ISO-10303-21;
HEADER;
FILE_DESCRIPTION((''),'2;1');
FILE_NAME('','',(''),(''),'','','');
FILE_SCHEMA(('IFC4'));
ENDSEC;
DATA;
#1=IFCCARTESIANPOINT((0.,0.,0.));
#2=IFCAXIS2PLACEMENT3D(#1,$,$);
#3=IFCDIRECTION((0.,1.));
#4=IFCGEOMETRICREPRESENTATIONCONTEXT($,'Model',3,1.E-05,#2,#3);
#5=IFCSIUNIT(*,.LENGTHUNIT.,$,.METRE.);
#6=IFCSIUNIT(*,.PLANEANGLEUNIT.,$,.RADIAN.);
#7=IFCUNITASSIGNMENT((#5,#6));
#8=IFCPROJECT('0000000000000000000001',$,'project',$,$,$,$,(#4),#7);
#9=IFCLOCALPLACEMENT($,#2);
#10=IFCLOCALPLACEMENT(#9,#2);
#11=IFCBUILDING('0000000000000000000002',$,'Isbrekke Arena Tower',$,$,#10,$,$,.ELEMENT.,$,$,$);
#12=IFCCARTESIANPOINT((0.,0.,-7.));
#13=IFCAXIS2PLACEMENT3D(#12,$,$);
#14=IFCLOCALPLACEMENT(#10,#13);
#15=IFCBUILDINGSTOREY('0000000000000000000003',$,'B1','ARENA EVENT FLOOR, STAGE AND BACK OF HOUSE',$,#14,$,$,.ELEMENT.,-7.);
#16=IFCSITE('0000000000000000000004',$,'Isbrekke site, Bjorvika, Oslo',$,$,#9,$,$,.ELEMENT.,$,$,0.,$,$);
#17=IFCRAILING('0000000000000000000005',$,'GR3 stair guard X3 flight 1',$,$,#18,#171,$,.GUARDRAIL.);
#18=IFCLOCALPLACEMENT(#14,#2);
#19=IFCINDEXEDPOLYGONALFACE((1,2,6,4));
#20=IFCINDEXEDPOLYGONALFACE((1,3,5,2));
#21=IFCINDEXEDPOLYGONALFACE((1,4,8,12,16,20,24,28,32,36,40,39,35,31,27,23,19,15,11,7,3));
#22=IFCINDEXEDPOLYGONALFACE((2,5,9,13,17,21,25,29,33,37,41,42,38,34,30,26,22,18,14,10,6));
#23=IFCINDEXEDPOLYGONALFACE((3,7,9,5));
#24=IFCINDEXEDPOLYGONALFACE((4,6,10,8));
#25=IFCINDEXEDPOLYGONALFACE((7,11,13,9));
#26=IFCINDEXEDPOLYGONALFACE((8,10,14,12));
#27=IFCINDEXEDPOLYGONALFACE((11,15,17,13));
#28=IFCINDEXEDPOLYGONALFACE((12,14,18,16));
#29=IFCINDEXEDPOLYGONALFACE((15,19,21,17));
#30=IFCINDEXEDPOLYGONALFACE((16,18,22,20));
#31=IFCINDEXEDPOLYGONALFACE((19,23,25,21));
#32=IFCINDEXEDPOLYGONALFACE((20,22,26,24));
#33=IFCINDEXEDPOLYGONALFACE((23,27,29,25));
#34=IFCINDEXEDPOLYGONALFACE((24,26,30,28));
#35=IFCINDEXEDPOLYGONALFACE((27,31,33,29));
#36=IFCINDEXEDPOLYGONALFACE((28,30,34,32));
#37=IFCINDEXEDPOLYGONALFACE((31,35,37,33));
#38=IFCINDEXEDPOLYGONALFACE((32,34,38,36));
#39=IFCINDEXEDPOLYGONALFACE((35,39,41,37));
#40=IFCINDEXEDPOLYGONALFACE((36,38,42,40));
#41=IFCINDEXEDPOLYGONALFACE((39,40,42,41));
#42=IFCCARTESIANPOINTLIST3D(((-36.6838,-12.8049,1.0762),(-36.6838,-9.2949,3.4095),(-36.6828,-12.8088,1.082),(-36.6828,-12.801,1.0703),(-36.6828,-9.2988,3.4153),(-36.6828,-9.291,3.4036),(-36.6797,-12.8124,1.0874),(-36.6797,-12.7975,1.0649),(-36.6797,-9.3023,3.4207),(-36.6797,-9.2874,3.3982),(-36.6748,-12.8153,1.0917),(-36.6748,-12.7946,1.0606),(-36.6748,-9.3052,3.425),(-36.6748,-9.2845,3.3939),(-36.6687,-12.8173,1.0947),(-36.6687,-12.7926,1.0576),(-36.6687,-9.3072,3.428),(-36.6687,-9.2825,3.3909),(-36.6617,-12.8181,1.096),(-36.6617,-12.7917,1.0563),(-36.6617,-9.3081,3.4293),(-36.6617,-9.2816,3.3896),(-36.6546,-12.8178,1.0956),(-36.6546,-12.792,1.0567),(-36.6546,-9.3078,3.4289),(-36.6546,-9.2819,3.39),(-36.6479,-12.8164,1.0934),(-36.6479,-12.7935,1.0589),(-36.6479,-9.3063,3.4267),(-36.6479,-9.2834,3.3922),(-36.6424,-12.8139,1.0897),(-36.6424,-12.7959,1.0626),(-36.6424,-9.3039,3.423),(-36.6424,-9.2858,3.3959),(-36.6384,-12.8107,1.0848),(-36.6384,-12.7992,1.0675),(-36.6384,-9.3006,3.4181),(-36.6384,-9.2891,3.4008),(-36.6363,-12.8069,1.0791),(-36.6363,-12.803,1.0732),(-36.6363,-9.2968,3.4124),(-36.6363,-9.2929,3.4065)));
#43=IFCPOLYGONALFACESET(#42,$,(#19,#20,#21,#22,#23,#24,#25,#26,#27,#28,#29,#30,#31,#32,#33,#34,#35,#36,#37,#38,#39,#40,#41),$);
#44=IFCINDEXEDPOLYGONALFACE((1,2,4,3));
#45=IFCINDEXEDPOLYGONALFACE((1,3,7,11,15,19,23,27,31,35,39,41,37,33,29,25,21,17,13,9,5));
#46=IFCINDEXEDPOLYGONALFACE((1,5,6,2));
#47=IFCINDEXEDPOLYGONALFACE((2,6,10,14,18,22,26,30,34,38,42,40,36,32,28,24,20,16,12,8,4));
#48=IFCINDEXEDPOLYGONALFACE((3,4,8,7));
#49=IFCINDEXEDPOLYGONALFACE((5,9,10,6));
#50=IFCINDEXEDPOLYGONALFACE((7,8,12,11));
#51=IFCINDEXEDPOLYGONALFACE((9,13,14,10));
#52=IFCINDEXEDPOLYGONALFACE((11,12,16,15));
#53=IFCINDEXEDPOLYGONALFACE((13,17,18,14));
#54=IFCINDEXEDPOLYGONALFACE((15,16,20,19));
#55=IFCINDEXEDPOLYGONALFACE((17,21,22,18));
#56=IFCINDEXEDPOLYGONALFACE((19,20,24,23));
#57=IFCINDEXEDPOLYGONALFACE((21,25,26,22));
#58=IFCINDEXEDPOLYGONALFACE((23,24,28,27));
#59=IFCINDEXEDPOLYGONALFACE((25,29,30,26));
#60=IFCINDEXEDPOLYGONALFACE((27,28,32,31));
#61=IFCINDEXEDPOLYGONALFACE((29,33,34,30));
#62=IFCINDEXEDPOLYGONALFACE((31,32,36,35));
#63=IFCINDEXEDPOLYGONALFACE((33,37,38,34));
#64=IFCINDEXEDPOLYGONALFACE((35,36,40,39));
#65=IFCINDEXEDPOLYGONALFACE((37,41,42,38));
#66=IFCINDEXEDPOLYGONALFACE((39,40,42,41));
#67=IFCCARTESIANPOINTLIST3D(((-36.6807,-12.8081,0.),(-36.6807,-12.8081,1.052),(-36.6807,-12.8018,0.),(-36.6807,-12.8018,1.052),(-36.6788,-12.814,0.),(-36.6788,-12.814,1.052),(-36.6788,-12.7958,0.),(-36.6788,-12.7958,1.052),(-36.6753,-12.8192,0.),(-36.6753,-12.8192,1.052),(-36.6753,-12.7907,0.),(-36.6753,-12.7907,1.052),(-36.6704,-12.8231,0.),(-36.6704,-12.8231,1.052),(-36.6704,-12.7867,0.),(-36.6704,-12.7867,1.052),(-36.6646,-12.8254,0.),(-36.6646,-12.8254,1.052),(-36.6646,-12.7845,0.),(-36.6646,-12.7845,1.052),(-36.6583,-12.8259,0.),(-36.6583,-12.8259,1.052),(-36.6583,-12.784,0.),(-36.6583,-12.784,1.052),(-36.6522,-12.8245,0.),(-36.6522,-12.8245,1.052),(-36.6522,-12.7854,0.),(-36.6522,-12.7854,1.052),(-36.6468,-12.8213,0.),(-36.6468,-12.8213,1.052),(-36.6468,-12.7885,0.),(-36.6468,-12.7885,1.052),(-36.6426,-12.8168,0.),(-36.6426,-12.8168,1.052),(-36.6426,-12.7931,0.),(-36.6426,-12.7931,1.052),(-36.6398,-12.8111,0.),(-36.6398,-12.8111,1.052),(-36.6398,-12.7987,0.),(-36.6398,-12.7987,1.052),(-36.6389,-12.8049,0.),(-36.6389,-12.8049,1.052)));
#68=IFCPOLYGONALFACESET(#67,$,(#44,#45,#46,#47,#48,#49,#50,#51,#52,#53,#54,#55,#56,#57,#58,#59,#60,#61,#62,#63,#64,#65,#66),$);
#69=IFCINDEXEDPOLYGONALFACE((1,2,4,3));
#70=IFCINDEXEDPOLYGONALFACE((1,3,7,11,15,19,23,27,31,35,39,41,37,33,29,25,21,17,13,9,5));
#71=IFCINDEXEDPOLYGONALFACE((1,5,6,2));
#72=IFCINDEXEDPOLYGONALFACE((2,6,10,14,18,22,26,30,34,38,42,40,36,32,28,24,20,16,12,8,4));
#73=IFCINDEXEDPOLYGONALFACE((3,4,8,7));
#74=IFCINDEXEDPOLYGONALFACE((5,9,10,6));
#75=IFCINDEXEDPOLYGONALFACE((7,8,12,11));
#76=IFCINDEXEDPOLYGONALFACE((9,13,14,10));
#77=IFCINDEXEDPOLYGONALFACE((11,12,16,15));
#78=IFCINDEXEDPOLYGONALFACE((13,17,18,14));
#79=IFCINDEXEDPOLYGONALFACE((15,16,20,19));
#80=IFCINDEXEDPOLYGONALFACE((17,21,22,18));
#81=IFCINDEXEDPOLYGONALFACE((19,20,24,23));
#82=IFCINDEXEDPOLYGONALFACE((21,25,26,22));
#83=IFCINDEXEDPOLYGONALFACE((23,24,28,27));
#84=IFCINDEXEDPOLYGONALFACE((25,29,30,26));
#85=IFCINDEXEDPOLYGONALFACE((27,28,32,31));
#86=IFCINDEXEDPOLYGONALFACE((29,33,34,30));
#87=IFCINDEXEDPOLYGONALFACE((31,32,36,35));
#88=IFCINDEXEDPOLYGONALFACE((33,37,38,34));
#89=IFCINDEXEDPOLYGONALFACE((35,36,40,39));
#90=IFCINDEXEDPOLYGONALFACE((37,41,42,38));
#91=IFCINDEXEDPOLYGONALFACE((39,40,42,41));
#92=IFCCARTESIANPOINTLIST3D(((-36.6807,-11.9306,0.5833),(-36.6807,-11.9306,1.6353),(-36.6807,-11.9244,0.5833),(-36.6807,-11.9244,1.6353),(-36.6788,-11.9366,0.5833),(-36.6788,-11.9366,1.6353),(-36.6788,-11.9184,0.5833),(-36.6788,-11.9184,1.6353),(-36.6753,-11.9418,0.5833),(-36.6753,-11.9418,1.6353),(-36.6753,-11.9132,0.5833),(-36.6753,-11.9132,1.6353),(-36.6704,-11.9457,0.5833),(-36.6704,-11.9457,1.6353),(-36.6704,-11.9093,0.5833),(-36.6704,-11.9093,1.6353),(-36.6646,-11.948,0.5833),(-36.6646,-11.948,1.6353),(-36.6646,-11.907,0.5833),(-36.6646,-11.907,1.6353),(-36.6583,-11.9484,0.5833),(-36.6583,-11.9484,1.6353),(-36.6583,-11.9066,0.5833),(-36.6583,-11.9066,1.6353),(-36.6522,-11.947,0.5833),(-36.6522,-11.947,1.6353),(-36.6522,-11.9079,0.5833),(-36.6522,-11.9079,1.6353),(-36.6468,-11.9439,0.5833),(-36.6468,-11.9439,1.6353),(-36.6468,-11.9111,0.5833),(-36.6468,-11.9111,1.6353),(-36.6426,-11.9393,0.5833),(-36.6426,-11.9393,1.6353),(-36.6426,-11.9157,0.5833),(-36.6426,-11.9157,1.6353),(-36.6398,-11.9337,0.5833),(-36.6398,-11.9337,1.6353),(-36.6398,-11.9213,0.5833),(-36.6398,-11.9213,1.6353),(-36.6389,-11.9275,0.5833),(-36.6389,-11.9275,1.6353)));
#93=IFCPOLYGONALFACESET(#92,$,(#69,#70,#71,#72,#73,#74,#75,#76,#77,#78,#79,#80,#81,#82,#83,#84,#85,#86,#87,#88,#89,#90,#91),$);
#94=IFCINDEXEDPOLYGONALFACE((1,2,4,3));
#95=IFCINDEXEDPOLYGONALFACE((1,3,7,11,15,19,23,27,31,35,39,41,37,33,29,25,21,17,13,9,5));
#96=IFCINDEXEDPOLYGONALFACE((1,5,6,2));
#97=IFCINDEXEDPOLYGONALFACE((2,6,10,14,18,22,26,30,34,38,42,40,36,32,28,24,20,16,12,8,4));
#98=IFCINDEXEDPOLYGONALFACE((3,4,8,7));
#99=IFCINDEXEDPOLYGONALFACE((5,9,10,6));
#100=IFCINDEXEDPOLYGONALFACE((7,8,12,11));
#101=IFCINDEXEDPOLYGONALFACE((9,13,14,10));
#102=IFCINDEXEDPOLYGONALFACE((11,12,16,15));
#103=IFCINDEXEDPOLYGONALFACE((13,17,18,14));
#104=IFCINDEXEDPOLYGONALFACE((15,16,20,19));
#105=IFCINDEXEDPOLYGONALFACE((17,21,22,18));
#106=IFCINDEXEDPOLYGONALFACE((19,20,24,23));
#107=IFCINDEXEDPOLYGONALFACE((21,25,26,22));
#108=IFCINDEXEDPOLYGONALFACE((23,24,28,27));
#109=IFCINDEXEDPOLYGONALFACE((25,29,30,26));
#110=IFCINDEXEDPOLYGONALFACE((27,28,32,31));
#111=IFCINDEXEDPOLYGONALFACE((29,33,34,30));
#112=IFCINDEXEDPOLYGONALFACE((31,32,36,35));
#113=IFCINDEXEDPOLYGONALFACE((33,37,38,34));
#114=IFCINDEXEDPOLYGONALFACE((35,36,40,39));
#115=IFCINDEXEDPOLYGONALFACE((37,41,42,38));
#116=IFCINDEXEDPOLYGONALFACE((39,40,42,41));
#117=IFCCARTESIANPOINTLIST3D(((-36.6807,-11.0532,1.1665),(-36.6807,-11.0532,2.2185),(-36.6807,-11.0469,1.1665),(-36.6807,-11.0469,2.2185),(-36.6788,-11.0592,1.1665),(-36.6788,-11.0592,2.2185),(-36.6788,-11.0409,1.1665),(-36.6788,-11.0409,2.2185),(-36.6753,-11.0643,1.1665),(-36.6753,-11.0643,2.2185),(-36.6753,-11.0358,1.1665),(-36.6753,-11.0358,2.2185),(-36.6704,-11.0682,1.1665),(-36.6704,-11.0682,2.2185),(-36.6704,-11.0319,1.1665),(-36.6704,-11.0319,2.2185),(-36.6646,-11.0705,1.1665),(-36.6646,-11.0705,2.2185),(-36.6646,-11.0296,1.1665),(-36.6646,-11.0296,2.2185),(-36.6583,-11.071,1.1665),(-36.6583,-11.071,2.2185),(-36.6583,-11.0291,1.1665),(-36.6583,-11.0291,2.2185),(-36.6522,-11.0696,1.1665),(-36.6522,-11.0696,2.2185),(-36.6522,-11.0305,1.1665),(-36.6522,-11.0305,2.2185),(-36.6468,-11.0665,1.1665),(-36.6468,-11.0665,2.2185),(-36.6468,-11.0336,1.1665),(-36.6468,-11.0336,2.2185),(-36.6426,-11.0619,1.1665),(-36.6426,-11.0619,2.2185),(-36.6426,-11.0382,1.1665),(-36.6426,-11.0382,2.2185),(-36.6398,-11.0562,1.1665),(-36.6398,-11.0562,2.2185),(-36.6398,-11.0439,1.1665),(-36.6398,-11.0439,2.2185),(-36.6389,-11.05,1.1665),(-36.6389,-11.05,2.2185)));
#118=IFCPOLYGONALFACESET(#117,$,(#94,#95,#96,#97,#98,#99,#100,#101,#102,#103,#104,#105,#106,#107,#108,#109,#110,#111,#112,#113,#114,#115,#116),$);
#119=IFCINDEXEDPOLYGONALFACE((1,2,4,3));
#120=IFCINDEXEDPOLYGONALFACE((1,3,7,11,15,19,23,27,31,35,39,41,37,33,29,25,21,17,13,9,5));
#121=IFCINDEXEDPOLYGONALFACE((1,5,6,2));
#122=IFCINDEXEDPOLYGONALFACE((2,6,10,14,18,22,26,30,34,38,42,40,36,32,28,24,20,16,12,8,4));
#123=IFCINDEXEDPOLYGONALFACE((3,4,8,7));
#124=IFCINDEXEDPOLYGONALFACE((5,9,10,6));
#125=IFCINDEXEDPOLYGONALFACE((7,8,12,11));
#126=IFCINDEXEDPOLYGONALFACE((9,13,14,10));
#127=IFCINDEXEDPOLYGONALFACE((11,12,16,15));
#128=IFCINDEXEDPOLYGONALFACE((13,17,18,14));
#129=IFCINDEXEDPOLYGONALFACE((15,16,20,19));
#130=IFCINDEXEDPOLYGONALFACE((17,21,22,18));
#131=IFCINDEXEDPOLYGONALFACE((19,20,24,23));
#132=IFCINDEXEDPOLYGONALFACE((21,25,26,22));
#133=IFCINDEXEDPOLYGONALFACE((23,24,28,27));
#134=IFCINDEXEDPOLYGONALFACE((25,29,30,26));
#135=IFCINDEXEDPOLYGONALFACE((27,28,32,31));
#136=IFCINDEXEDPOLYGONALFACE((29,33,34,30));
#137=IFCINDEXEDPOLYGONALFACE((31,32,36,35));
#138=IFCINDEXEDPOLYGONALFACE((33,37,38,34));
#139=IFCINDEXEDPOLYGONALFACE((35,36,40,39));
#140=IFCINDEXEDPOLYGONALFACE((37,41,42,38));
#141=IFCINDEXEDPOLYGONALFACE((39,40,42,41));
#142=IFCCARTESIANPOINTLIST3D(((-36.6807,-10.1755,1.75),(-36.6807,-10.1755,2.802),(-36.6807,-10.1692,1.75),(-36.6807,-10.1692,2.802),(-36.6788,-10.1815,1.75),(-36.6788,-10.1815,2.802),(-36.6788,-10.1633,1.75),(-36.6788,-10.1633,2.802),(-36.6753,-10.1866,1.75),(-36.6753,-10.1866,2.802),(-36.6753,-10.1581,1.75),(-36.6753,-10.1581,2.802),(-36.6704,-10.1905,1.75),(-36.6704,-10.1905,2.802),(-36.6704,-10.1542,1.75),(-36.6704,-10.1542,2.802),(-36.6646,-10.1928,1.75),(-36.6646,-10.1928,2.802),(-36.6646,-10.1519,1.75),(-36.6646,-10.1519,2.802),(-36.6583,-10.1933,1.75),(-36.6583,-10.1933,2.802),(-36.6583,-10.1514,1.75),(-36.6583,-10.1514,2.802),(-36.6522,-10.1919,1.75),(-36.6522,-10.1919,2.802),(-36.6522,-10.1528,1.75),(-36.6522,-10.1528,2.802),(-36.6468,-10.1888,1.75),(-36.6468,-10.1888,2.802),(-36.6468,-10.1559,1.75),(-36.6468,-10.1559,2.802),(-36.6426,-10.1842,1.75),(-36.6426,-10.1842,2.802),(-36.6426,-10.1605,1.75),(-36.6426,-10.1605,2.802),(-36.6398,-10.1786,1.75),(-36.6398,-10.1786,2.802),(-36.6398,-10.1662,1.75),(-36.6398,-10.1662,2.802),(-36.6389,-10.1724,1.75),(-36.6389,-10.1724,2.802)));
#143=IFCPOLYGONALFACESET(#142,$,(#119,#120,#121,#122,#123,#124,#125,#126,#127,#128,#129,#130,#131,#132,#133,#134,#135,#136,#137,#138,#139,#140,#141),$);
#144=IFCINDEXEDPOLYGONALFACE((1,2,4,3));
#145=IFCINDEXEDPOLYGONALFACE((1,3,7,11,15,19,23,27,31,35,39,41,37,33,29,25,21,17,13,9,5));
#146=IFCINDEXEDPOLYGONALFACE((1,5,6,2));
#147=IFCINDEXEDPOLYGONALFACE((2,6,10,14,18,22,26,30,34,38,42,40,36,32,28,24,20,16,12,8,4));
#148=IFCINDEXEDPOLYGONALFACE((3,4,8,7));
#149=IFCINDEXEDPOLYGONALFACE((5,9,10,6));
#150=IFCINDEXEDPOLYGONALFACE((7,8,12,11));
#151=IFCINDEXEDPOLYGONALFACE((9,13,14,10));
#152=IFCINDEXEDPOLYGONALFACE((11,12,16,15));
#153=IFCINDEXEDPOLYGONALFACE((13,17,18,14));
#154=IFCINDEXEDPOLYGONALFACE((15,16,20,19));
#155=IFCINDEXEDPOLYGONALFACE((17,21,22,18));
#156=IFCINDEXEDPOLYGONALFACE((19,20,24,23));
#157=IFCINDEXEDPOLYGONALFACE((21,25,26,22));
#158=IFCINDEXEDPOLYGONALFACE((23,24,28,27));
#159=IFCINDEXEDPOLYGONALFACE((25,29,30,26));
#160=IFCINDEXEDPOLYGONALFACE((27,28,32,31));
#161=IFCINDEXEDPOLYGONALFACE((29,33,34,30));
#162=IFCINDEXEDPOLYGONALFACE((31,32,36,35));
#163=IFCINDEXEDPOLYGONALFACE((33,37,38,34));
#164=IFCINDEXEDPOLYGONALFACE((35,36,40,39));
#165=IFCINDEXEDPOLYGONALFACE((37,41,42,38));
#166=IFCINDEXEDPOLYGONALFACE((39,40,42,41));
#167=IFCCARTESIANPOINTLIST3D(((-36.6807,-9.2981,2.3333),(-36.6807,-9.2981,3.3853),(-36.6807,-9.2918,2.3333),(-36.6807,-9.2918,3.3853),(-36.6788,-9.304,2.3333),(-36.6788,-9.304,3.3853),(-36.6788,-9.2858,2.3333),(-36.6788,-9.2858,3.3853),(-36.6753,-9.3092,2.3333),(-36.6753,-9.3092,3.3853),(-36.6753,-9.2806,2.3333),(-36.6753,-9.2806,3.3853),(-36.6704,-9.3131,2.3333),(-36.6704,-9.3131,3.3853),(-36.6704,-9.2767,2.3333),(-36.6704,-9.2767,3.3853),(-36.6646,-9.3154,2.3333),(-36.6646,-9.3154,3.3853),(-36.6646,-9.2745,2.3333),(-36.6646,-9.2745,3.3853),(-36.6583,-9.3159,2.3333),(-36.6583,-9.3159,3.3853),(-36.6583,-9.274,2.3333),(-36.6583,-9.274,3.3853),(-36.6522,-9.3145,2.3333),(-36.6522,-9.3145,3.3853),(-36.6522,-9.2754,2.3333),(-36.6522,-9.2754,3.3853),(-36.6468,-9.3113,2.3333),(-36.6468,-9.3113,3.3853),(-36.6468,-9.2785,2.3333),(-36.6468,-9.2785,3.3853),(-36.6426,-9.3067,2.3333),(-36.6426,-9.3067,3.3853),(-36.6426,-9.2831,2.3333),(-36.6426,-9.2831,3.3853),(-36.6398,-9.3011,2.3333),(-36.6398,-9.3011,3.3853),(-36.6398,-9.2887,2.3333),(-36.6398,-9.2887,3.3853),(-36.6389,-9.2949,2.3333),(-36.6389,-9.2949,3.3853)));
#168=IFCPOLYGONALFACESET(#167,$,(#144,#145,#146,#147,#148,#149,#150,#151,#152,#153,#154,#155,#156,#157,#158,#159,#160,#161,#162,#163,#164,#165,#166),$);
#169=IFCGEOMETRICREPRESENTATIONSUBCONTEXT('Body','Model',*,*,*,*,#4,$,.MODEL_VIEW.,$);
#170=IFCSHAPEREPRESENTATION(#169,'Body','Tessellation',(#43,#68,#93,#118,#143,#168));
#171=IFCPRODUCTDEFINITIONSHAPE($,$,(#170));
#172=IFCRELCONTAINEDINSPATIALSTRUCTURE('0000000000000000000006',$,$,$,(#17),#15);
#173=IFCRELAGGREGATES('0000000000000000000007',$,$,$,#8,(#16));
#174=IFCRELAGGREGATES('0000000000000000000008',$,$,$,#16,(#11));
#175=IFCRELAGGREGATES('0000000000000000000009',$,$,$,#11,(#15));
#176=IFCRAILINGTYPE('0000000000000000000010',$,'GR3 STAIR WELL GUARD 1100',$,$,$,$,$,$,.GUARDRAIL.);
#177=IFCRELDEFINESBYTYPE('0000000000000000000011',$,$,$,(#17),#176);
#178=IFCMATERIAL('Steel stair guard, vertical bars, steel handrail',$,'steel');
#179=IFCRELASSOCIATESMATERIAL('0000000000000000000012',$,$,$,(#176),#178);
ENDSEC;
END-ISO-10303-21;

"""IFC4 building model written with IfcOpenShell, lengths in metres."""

from ifc_helpers import new_model, si_unit, direction, frame, origin, origin_2d, place, context, subcontext, project, spatial, circle, extrude, material, type_object, element, save


model = new_model("IFC4")

# Units and contexts
model_context = context("Model", 3, precision=1e-05, world=origin(), true_north=direction((0.0, 1.0)))
body_context = subcontext(model_context, "Body", "Model", "MODEL_VIEW")
ifc_project = project(units=[si_unit("LENGTHUNIT", "METRE"), si_unit("PLANEANGLEUNIT", "RADIAN")], contexts=[model_context])

# Site, building, storey
site_placement = place(None, origin())
site = spatial("IfcSite", under=ifc_project, at=site_placement, Name="Isbrekke site, Bjorvika, Oslo", CompositionType="ELEMENT", RefElevation=0.0)
building_placement = place(site_placement, origin())
building = spatial("IfcBuilding", under=site, at=building_placement, Name="Isbrekke Arena Tower", CompositionType="ELEMENT")
storey_placement = place(building_placement, frame((0.0, 0.0, -7.0)))
storey = spatial("IfcBuildingStorey", under=building, at=storey_placement, Name="B1", Description="ARENA EVENT FLOOR, STAGE AND BACK OF HOUSE", CompositionType="ELEMENT", Elevation=-7.0)

# Railing
ifc_material_1 = material(Name="Steel stair guard, vertical bars, steel handrail", Category="steel")
railing_type = type_object("IfcRailingType", Name="GR3 STAIR WELL GUARD 1100", PredefinedType="GUARDRAIL", material=ifc_material_1)
railing_1_placement = place(storey_placement, frame((-36.6599, -12.8049, 0.0)))
element("IfcRailing", 1, at=railing_1_placement, inside=storey, type_object=railing_type, Name="GR3 stair guard X3 flight 1", PredefinedType="GUARDRAIL", context=body_context, shape_type="SweptSolid", body=[
    extrude(circle(Radius=0.0239, at=origin_2d()), frame((0.0, 0.0, 1.0762), z_axis=(0.0, 0.832789, 0.55359), x_axis=(-1.0, 0.0, 0.0)), (0.0, 0.0, 1.0), 4.2148),
    extrude(circle(Radius=0.021, at=origin_2d()), origin(), (0.0, 0.0, 1.0), 1.052),
    extrude(circle(Radius=0.021, at=origin_2d()), frame((0.0, 0.8774, 0.5833)), (0.0, 0.0, 1.0), 1.052),
    extrude(circle(Radius=0.021, at=origin_2d()), frame((0.0, 1.7549, 1.1665)), (0.0, 0.0, 1.0), 1.052),
    extrude(circle(Radius=0.021, at=origin_2d()), frame((0.0, 2.6326, 1.75)), (0.0, 0.0, 1.0), 1.052),
    extrude(circle(Radius=0.021, at=origin_2d()), frame((0.0, 3.51, 2.3333)), (0.0, 0.0, 1.0), 1.052),
])

save(model, "model.ifc")
